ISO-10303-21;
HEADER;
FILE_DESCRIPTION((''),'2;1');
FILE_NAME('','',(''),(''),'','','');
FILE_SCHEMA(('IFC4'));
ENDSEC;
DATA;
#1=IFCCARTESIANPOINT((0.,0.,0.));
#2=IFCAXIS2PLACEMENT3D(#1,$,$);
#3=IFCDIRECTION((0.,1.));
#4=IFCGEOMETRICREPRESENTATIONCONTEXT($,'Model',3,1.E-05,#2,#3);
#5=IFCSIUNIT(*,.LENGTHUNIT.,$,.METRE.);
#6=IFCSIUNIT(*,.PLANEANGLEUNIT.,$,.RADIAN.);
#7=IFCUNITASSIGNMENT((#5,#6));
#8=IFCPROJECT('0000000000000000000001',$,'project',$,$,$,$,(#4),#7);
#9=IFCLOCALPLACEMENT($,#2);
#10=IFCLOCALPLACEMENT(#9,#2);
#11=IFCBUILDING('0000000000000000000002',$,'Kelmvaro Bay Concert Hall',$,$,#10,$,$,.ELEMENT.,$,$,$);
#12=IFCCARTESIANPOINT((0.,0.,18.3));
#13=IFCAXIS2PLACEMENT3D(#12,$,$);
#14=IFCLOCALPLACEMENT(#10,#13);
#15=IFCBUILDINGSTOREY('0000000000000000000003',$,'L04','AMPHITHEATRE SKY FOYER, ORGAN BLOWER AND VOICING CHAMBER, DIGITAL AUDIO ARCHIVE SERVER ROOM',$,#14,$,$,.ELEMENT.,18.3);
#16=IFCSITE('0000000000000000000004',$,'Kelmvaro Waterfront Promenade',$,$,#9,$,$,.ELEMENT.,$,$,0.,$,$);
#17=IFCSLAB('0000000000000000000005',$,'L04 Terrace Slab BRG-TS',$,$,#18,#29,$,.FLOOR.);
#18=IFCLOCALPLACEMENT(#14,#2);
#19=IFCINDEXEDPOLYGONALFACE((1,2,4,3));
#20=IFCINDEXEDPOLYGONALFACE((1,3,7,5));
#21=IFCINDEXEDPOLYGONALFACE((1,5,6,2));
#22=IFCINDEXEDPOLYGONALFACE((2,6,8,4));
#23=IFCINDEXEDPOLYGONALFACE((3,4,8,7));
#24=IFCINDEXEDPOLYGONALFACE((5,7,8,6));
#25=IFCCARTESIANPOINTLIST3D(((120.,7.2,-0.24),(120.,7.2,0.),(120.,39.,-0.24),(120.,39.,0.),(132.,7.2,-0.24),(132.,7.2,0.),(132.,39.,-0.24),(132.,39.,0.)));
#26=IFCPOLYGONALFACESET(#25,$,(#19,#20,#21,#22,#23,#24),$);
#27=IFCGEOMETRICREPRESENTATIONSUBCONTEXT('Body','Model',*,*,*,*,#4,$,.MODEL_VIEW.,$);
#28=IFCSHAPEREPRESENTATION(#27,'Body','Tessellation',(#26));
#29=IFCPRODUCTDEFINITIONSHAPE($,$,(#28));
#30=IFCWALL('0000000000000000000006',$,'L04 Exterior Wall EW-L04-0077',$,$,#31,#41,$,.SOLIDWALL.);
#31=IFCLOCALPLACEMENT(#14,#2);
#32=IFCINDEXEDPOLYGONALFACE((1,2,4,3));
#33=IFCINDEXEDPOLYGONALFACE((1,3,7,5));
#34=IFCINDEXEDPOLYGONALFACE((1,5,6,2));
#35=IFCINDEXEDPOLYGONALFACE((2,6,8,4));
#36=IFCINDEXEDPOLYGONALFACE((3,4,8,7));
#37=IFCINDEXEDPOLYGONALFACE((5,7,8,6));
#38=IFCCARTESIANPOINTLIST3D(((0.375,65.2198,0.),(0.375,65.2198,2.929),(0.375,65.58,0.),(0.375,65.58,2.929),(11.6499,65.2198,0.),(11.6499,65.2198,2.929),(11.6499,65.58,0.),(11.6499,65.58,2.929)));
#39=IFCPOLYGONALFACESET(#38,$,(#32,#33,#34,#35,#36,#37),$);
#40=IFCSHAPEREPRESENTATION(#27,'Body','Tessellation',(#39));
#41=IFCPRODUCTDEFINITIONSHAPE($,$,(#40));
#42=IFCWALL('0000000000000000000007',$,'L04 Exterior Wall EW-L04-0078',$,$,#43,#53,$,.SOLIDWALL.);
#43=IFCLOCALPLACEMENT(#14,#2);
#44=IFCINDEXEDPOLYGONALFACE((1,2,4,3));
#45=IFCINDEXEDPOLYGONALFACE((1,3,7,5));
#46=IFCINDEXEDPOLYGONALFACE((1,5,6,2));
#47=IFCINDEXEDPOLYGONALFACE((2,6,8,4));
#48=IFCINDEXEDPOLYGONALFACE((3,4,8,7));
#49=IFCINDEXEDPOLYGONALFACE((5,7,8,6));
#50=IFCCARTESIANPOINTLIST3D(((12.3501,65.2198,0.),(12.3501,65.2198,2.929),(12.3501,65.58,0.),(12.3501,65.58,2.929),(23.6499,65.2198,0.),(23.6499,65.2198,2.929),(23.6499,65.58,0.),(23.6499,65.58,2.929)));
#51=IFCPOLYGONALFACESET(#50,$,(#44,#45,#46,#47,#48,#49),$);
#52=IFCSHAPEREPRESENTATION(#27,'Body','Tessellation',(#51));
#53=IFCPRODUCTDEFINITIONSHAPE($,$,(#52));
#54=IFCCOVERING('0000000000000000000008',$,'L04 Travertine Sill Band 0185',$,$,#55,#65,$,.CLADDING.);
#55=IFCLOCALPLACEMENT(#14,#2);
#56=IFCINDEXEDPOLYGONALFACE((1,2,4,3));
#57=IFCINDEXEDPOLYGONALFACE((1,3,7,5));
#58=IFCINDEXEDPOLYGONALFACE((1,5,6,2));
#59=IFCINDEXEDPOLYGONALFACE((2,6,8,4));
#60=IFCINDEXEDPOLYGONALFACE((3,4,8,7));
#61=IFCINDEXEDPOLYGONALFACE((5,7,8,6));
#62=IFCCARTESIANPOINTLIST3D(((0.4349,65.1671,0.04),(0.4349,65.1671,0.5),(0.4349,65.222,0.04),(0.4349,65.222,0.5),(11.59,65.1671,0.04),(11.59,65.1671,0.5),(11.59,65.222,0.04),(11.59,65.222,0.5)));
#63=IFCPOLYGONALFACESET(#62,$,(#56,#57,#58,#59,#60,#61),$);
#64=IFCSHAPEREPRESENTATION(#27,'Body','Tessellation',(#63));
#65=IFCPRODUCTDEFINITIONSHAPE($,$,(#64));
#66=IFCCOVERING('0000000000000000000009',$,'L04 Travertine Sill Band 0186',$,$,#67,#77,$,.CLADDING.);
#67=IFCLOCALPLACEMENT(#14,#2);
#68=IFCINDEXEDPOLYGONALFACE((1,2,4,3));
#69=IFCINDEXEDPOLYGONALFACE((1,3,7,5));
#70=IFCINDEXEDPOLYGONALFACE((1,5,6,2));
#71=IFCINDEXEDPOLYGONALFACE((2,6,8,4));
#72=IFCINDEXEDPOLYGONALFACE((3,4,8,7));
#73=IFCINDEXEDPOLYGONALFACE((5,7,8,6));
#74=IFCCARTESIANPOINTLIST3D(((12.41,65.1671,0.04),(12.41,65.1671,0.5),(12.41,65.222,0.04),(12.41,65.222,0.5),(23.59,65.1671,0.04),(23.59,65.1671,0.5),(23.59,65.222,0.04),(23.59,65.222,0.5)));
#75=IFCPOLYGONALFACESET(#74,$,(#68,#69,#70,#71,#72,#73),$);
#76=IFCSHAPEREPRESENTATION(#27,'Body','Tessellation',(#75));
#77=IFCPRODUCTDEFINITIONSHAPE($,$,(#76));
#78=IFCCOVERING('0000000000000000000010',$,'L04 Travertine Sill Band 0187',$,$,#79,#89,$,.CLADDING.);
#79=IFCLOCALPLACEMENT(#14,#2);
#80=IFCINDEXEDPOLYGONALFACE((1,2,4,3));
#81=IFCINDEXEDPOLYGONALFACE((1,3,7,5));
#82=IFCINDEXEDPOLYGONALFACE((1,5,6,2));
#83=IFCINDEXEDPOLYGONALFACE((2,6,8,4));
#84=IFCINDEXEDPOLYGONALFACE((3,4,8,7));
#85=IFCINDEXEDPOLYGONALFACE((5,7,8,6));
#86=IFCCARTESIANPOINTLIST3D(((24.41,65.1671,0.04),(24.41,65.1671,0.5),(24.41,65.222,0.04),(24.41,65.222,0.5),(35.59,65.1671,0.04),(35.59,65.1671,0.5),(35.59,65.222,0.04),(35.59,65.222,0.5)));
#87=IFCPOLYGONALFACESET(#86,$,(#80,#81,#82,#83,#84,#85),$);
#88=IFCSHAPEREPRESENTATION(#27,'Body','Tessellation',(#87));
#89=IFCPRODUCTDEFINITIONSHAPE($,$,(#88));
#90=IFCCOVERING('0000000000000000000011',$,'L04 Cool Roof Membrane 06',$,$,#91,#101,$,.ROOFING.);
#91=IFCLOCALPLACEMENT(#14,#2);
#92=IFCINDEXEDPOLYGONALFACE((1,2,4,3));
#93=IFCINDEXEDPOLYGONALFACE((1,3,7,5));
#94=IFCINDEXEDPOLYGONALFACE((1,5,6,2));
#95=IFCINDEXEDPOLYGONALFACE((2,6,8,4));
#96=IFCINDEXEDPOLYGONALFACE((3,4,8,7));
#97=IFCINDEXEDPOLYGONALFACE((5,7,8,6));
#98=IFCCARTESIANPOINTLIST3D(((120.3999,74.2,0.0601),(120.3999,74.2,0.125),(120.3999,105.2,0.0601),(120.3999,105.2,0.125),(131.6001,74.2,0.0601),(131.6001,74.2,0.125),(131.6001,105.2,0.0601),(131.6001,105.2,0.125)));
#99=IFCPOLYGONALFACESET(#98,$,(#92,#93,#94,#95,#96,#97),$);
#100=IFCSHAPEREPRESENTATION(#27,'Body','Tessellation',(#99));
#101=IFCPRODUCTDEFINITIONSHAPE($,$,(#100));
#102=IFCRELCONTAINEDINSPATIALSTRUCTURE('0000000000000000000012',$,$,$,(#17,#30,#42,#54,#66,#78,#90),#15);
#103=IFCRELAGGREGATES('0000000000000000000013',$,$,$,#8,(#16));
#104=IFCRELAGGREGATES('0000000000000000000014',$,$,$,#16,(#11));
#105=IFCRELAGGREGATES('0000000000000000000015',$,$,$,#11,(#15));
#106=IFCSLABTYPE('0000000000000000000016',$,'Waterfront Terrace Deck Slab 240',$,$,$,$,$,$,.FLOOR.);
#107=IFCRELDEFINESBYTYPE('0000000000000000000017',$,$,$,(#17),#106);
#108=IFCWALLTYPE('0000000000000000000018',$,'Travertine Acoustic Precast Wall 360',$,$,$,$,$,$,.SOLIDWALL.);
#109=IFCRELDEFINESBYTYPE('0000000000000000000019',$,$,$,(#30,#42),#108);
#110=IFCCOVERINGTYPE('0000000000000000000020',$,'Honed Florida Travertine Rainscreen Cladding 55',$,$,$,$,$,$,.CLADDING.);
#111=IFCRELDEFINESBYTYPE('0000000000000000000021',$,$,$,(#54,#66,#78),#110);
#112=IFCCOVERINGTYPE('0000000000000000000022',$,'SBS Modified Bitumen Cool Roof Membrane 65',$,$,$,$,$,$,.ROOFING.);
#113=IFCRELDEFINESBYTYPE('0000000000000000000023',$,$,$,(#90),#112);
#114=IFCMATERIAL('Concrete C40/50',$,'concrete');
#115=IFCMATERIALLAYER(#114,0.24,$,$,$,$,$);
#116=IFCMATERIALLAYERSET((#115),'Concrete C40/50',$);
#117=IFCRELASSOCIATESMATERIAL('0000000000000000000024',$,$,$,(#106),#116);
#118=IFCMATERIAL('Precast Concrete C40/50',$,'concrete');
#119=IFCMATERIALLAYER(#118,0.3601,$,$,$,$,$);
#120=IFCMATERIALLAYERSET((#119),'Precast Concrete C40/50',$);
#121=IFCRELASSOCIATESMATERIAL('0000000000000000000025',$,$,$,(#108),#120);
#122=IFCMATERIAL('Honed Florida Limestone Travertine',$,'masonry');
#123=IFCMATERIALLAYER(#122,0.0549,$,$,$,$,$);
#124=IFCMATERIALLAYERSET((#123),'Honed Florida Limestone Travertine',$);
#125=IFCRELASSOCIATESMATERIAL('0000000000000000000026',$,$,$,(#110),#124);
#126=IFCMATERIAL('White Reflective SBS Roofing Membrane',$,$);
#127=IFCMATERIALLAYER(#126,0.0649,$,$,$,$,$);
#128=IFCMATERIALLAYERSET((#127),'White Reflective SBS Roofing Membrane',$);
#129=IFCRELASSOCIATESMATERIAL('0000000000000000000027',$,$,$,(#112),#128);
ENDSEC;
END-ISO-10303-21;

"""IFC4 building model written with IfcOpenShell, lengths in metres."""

from ifc_helpers import new_model, si_unit, direction, frame, frame_2d, origin, origin_2d, place, context, subcontext, project, spatial, polyline, rectangle, outline, extrude, material, layer, layer_set, type_object, element, save


model = new_model("IFC4")

# Units and contexts
model_context = context("Model", 3, precision=1e-05, world=origin(), true_north=direction((0.0, 1.0)))
body_context = subcontext(model_context, "Body", "Model", "MODEL_VIEW")
ifc_project = project(units=[si_unit("LENGTHUNIT", "METRE"), si_unit("PLANEANGLEUNIT", "RADIAN")], contexts=[model_context])

# Site, building, storey
site_placement = place(None, origin())
site = spatial("IfcSite", under=ifc_project, at=site_placement, Name="Kelmvaro Waterfront Promenade", CompositionType="ELEMENT", RefElevation=0.0)
building_placement = place(site_placement, origin())
building = spatial("IfcBuilding", under=site, at=building_placement, Name="Kelmvaro Bay Concert Hall", CompositionType="ELEMENT")
storey_placement = place(building_placement, frame((0.0, 0.0, 18.3)))
storey = spatial("IfcBuildingStorey", under=building, at=storey_placement, Name="L04", Description="AMPHITHEATRE SKY FOYER, ORGAN BLOWER AND VOICING CHAMBER, DIGITAL AUDIO ARCHIVE SERVER ROOM", CompositionType="ELEMENT", Elevation=18.3)

# Slab
ifc_material_1 = material(Name="Concrete C40/50", Category="concrete")
ifc_layer_1 = layer(ifc_material_1, 0.24)
ifc_layer_set_1 = layer_set([ifc_layer_1], Name="Concrete C40/50")
slab_type_1 = type_object("IfcSlabType", Name="Waterfront Terrace Deck Slab 240", PredefinedType="FLOOR", material=ifc_layer_set_1)
slab_1_placement = place(storey_placement, frame((0.0, 0.0, -0.24)))
element("IfcSlab", 1, at=slab_1_placement, inside=storey, type_object=slab_type_1, Name="L04 Terrace Slab BRG-TS", PredefinedType="FLOOR", context=body_context, shape_type="SweptSolid", body=[
    extrude(outline(polyline([(120.0, 7.2), (132.0, 7.2), (132.0, 39.0), (120.0, 39.0), (120.0, 7.2)])), origin(), (0.0, 0.0, 1.0), 0.24),
])

# Walls
ifc_material_2 = material(Name="Precast Concrete C40/50", Category="concrete")
ifc_layer_2 = layer(ifc_material_2, 0.3601)
ifc_layer_set_2 = layer_set([ifc_layer_2], Name="Precast Concrete C40/50")
wall_type = type_object("IfcWallType", Name="Travertine Acoustic Precast Wall 360", PredefinedType="SOLIDWALL", material=ifc_layer_set_2)
wall_1_placement = place(storey_placement, frame((11.6499, 65.3999, 0.0), z_axis=(0.0, 0.0, 1.0), x_axis=(-1.0, 0.0, 0.0)))
element("IfcWall", 2, at=wall_1_placement, inside=storey, type_object=wall_type, Name="L04 Exterior Wall EW-L04-0077", PredefinedType="SOLIDWALL", context=body_context, shape_type="SweptSolid", body=[
    extrude(rectangle(XDim=11.2749, YDim=0.3601, at=frame_2d((5.6375, 0.0))), origin(), (0.0, 0.0, 1.0), 2.929),
])
wall_2_placement = place(storey_placement, frame((23.6499, 65.3999, 0.0), z_axis=(0.0, 0.0, 1.0), x_axis=(-1.0, 0.0, 0.0)))
element("IfcWall", 3, at=wall_2_placement, inside=storey, type_object=wall_type, Name="L04 Exterior Wall EW-L04-0078", PredefinedType="SOLIDWALL", context=body_context, shape_type="SweptSolid", body=[
    extrude(rectangle(XDim=11.2998, YDim=0.3601, at=frame_2d((5.6499, 0.0))), origin(), (0.0, 0.0, 1.0), 2.929),
])

# Coverings
ifc_material_3 = material(Name="Honed Florida Limestone Travertine", Category="masonry")
ifc_layer_3 = layer(ifc_material_3, 0.0549)
ifc_layer_set_3 = layer_set([ifc_layer_3], Name="Honed Florida Limestone Travertine")
covering_type_1 = type_object("IfcCoveringType", Name="Honed Florida Travertine Rainscreen Cladding 55", PredefinedType="CLADDING", material=ifc_layer_set_3)
covering_1_placement = place(storey_placement, frame((6.0125, 65.1946, 0.04), z_axis=(0.0, 0.0, 1.0), x_axis=(-1.0, 0.0, 0.0)))
element("IfcCovering", 4, at=covering_1_placement, inside=storey, type_object=covering_type_1, Name="L04 Travertine Sill Band 0185", PredefinedType="CLADDING", context=body_context, shape_type="SweptSolid", body=[
    extrude(rectangle(XDim=11.155, YDim=0.0549, at=origin_2d()), origin(), (0.0, 0.0, 1.0), 0.46),
])
for number, where, z_axis, x_axis, name in (
    (5, (18.0, 65.1946, 0.04), (0.0, 0.0, 1.0), (-1.0, 0.0, 0.0), "L04 Travertine Sill Band 0186"),
    (6, (30.0, 65.1946, 0.04), (0.0, 0.0, 1.0), (-1.0, 0.0, 0.0), "L04 Travertine Sill Band 0187"),
):
    element("IfcCovering", number, at=place(storey_placement, frame(where, z_axis=z_axis, x_axis=x_axis)), inside=storey, type_object=covering_type_1, Name=name, PredefinedType="CLADDING", context=body_context, shape_type="SweptSolid", body=[
        extrude(rectangle(XDim=11.1799, YDim=0.0549, at=origin_2d()), origin(), (0.0, 0.0, 1.0), 0.46),
    ])
ifc_material_4 = material(Name="White Reflective SBS Roofing Membrane")
ifc_layer_4 = layer(ifc_material_4, 0.0649)
ifc_layer_set_4 = layer_set([ifc_layer_4], Name="White Reflective SBS Roofing Membrane")
covering_type_2 = type_object("IfcCoveringType", Name="SBS Modified Bitumen Cool Roof Membrane 65", PredefinedType="ROOFING", material=ifc_layer_set_4)
covering_2_placement = place(storey_placement, frame((0.0, 0.0, 0.0601)))
element("IfcCovering", 7, at=covering_2_placement, inside=storey, type_object=covering_type_2, Name="L04 Cool Roof Membrane 06", PredefinedType="ROOFING", context=body_context, shape_type="SweptSolid", body=[
    extrude(outline(polyline([(120.3999, 74.2), (131.6001, 74.2), (131.6001, 105.2), (120.3999, 105.2), (120.3999, 74.2)])), origin(), (0.0, 0.0, 1.0), 0.0649),
])

save(model, "model.ifc")
